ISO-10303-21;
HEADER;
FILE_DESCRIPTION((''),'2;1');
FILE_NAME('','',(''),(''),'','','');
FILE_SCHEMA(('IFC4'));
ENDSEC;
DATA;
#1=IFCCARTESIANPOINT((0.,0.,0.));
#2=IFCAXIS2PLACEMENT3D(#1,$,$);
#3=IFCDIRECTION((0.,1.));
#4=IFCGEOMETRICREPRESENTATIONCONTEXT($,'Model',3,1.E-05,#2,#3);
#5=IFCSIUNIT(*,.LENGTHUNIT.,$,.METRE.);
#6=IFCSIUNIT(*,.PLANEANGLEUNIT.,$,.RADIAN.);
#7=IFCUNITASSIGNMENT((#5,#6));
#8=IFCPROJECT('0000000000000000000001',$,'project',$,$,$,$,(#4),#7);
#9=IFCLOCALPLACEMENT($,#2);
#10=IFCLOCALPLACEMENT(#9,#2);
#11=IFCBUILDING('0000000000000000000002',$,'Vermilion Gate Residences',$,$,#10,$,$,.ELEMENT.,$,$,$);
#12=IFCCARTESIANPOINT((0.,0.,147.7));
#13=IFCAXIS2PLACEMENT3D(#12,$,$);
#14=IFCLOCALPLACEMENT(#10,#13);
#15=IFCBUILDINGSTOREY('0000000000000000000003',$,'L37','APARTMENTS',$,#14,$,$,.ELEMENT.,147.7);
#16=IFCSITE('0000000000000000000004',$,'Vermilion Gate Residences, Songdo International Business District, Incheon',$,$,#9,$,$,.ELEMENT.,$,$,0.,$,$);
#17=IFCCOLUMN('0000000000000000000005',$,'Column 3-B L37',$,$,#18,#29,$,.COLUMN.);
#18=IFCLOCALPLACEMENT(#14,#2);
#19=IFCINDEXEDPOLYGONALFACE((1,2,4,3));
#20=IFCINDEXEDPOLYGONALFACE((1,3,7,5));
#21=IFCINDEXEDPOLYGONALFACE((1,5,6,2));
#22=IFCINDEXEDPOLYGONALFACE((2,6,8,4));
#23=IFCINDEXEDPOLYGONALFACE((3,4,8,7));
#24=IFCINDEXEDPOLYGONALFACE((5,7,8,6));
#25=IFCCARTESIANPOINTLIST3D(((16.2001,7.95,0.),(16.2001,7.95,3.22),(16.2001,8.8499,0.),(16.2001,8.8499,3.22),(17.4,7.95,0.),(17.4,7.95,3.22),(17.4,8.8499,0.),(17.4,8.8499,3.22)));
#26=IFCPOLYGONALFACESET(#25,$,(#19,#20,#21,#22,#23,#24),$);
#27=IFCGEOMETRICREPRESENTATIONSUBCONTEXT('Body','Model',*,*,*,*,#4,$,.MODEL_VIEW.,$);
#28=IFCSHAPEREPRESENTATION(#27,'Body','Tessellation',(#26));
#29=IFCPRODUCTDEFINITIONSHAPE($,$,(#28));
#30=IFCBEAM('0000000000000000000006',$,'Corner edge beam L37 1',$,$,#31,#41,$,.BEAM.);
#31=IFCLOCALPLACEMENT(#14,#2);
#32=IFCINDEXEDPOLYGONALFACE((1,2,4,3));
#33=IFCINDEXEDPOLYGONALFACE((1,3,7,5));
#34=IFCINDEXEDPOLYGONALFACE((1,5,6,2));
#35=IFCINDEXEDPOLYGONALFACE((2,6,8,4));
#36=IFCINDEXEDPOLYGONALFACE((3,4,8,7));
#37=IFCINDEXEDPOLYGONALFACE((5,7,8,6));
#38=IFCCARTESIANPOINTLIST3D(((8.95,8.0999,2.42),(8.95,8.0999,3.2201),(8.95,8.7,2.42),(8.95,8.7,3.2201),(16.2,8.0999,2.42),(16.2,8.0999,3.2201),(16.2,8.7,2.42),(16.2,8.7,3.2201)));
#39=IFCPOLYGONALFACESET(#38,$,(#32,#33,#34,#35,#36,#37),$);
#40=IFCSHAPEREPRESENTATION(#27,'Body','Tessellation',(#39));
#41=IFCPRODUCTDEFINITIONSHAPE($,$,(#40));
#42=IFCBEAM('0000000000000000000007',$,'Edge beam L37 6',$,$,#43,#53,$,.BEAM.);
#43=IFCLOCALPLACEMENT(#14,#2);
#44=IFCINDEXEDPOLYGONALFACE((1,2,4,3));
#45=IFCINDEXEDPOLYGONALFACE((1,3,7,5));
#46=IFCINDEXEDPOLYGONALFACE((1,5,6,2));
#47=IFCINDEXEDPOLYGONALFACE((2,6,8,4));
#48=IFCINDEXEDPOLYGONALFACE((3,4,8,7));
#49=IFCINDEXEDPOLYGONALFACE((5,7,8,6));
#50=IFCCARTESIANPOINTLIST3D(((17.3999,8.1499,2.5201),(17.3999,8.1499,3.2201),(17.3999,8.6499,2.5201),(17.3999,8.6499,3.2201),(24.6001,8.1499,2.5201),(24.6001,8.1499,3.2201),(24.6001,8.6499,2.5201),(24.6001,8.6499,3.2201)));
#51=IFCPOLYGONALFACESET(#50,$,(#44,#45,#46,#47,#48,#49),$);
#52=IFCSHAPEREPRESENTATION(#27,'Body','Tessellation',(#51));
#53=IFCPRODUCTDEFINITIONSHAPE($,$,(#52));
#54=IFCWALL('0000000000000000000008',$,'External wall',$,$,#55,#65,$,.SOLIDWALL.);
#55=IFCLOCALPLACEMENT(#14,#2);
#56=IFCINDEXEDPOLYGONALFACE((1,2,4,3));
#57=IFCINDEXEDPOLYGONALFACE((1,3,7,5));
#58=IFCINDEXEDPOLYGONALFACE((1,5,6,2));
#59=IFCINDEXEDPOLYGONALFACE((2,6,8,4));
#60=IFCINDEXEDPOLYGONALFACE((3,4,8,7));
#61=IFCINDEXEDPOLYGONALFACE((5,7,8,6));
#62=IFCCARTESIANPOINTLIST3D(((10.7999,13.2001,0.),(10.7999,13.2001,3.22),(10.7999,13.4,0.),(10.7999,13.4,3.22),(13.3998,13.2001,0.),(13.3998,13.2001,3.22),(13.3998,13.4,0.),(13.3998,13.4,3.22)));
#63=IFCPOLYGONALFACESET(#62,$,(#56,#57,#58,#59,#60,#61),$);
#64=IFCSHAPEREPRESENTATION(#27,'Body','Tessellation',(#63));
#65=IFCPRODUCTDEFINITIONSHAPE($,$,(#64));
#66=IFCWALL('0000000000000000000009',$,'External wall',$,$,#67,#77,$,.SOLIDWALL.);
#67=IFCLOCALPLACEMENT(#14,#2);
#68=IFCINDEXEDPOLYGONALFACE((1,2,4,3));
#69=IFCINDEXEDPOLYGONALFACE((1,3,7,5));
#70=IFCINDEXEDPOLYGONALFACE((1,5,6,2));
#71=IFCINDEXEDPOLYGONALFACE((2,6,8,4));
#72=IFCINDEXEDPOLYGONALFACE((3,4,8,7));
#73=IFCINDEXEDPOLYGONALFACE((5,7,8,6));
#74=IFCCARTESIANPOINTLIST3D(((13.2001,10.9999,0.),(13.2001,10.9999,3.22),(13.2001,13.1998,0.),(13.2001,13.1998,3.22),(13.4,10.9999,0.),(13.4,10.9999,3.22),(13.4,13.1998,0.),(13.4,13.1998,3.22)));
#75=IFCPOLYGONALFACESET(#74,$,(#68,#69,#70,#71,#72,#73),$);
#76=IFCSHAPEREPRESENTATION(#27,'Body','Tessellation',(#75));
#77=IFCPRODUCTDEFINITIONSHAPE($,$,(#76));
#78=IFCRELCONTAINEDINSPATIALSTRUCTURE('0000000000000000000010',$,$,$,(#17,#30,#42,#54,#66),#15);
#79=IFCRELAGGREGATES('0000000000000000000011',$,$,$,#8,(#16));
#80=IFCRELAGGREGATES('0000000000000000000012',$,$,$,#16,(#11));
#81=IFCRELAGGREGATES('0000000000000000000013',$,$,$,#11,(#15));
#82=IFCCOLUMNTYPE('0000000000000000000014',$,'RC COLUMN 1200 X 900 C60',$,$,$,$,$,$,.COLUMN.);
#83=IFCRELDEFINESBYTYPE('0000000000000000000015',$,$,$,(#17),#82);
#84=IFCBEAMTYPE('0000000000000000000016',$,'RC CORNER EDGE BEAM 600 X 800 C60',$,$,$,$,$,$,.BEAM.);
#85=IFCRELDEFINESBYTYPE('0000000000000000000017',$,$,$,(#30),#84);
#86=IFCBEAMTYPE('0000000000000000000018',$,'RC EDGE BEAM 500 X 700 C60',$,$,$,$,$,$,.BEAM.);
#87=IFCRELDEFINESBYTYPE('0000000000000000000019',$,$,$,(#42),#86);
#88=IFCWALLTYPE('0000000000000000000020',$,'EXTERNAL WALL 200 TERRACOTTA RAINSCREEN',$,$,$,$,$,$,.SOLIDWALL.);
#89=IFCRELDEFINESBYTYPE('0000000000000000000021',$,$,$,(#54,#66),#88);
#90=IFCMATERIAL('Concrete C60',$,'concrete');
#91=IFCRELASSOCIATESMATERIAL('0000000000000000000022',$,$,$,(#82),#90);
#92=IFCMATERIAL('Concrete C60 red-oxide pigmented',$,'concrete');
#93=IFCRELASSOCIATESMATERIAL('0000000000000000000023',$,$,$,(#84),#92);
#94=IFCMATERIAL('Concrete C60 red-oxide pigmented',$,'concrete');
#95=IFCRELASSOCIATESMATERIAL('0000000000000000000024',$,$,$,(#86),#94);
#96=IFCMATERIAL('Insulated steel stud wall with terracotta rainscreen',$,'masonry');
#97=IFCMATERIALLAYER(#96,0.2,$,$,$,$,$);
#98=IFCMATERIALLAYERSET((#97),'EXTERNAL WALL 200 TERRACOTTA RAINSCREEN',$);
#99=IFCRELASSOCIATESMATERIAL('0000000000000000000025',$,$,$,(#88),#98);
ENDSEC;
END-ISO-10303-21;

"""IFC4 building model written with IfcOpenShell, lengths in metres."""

from ifc_helpers import new_model, si_unit, direction, frame, frame_2d, origin, origin_2d, place, context, subcontext, project, spatial, rectangle, extrude, material, layer, layer_set, material_profile, profile_set, type_object, element, save


model = new_model("IFC4")

# Units and contexts
model_context = context("Model", 3, precision=1e-05, world=origin(), true_north=direction((0.0, 1.0)))
body_context = subcontext(model_context, "Body", "Model", "MODEL_VIEW")
ifc_project = project(units=[si_unit("LENGTHUNIT", "METRE"), si_unit("PLANEANGLEUNIT", "RADIAN")], contexts=[model_context])

# Site, building, storey
site_placement = place(None, origin())
site = spatial("IfcSite", under=ifc_project, at=site_placement, Name="Vermilion Gate Residences, Songdo International Business District, Incheon", CompositionType="ELEMENT", RefElevation=0.0)
building_placement = place(site_placement, origin())
building = spatial("IfcBuilding", under=site, at=building_placement, Name="Vermilion Gate Residences", CompositionType="ELEMENT")
storey_placement = place(building_placement, frame((0.0, 0.0, 147.7)))
storey = spatial("IfcBuildingStorey", under=building, at=storey_placement, Name="L37", Description="APARTMENTS", CompositionType="ELEMENT", Elevation=147.7)

# Column
ifc_material_1 = material(Name="Concrete C60", Category="concrete")
ifc_material_profile_1 = material_profile(ifc_material_1, rectangle(XDim=1.2, YDim=0.8999, at=origin_2d()), Name="RC-1200x900")
ifc_profile_set_1 = profile_set([ifc_material_profile_1], Name="Concrete C60")
column_type = type_object("IfcColumnType", Name="RC COLUMN 1200 X 900 C60", PredefinedType="COLUMN", material=ifc_profile_set_1)
column_placement = place(storey_placement, frame((16.8, 8.3999, 0.0), z_axis=(0.0, 0.0, 1.0), x_axis=(1.0, 0.0, 0.0)))
element("IfcColumn", 1, at=column_placement, inside=storey, type_object=column_type, Name="Column 3-B L37", PredefinedType="COLUMN", context=body_context, shape_type="SweptSolid", body=[
    extrude(rectangle(XDim=1.2, YDim=0.8999, at=origin_2d()), origin(), (0.0, 0.0, 1.0), 3.22),
])

# Beams
ifc_material_2 = material(Name="Concrete C60 red-oxide pigmented", Category="concrete")
ifc_material_profile_2 = material_profile(ifc_material_2, rectangle(XDim=0.6001, YDim=0.8, at=origin_2d()), Name="RC-600x800")
ifc_profile_set_2 = profile_set([ifc_material_profile_2], Name="Concrete C60 red-oxide pigmented")
beam_type_1 = type_object("IfcBeamType", Name="RC CORNER EDGE BEAM 600 X 800 C60", PredefinedType="BEAM", material=ifc_profile_set_2)
beam_1_placement = place(storey_placement, frame((8.95, 8.3999, 2.8201), z_axis=(1.0, 0.0, 0.0), x_axis=(0.0, 1.0, 0.0)))
element("IfcBeam", 2, at=beam_1_placement, inside=storey, type_object=beam_type_1, Name="Corner edge beam L37 1", PredefinedType="BEAM", context=body_context, shape_type="SweptSolid", body=[
    extrude(rectangle(XDim=0.6001, YDim=0.8, at=origin_2d()), origin(), (0.0, 0.0, 1.0), 7.25),
])
ifc_material_3 = material(Name="Concrete C60 red-oxide pigmented", Category="concrete")
ifc_material_profile_3 = material_profile(ifc_material_3, rectangle(XDim=0.5, YDim=0.7, at=origin_2d()), Name="RC-500x700")
ifc_profile_set_3 = profile_set([ifc_material_profile_3], Name="Concrete C60 red-oxide pigmented")
beam_type_2 = type_object("IfcBeamType", Name="RC EDGE BEAM 500 X 700 C60", PredefinedType="BEAM", material=ifc_profile_set_3)
beam_2_placement = place(storey_placement, frame((17.3999, 8.3999, 2.8701), z_axis=(1.0, 0.0, 0.0), x_axis=(0.0, 1.0, 0.0)))
element("IfcBeam", 3, at=beam_2_placement, inside=storey, type_object=beam_type_2, Name="Edge beam L37 6", PredefinedType="BEAM", context=body_context, shape_type="SweptSolid", body=[
    extrude(rectangle(XDim=0.5, YDim=0.7, at=origin_2d()), origin(), (0.0, 0.0, 1.0), 7.2002),
])

# Walls
ifc_material_4 = material(Name="Insulated steel stud wall with terracotta rainscreen", Category="masonry")
ifc_layer_1 = layer(ifc_material_4, 0.2)
ifc_layer_set_1 = layer_set([ifc_layer_1], Name="EXTERNAL WALL 200 TERRACOTTA RAINSCREEN")
wall_type_1 = type_object("IfcWallType", Name="EXTERNAL WALL 200 TERRACOTTA RAINSCREEN", PredefinedType="SOLIDWALL", material=ifc_layer_set_1)
wall_1_placement = place(storey_placement, frame((10.8, 13.3, 0.0), z_axis=(0.0, 0.0, 1.0), x_axis=(1.0, 0.0, 0.0)))
element("IfcWall", 4, at=wall_1_placement, inside=storey, type_object=wall_type_1, Name="External wall", PredefinedType="SOLIDWALL", context=body_context, shape_type="SweptSolid", body=[
    extrude(rectangle(XDim=2.5999, YDim=0.2, at=frame_2d((1.2998, 0.0))), origin(), (0.0, 0.0, 1.0), 3.22),
])
wall_2_placement = place(storey_placement, frame((13.3, 13.2, 0.0), z_axis=(0.0, 0.0, 1.0), x_axis=(0.0, -1.0, 0.0)))
element("IfcWall", 5, at=wall_2_placement, inside=storey, type_object=wall_type_1, Name="External wall", PredefinedType="SOLIDWALL", context=body_context, shape_type="SweptSolid", body=[
    extrude(rectangle(XDim=2.2, YDim=0.2, at=frame_2d((1.1001, 0.0))), origin(), (0.0, 0.0, 1.0), 3.22),
])

save(model, "model.ifc")
